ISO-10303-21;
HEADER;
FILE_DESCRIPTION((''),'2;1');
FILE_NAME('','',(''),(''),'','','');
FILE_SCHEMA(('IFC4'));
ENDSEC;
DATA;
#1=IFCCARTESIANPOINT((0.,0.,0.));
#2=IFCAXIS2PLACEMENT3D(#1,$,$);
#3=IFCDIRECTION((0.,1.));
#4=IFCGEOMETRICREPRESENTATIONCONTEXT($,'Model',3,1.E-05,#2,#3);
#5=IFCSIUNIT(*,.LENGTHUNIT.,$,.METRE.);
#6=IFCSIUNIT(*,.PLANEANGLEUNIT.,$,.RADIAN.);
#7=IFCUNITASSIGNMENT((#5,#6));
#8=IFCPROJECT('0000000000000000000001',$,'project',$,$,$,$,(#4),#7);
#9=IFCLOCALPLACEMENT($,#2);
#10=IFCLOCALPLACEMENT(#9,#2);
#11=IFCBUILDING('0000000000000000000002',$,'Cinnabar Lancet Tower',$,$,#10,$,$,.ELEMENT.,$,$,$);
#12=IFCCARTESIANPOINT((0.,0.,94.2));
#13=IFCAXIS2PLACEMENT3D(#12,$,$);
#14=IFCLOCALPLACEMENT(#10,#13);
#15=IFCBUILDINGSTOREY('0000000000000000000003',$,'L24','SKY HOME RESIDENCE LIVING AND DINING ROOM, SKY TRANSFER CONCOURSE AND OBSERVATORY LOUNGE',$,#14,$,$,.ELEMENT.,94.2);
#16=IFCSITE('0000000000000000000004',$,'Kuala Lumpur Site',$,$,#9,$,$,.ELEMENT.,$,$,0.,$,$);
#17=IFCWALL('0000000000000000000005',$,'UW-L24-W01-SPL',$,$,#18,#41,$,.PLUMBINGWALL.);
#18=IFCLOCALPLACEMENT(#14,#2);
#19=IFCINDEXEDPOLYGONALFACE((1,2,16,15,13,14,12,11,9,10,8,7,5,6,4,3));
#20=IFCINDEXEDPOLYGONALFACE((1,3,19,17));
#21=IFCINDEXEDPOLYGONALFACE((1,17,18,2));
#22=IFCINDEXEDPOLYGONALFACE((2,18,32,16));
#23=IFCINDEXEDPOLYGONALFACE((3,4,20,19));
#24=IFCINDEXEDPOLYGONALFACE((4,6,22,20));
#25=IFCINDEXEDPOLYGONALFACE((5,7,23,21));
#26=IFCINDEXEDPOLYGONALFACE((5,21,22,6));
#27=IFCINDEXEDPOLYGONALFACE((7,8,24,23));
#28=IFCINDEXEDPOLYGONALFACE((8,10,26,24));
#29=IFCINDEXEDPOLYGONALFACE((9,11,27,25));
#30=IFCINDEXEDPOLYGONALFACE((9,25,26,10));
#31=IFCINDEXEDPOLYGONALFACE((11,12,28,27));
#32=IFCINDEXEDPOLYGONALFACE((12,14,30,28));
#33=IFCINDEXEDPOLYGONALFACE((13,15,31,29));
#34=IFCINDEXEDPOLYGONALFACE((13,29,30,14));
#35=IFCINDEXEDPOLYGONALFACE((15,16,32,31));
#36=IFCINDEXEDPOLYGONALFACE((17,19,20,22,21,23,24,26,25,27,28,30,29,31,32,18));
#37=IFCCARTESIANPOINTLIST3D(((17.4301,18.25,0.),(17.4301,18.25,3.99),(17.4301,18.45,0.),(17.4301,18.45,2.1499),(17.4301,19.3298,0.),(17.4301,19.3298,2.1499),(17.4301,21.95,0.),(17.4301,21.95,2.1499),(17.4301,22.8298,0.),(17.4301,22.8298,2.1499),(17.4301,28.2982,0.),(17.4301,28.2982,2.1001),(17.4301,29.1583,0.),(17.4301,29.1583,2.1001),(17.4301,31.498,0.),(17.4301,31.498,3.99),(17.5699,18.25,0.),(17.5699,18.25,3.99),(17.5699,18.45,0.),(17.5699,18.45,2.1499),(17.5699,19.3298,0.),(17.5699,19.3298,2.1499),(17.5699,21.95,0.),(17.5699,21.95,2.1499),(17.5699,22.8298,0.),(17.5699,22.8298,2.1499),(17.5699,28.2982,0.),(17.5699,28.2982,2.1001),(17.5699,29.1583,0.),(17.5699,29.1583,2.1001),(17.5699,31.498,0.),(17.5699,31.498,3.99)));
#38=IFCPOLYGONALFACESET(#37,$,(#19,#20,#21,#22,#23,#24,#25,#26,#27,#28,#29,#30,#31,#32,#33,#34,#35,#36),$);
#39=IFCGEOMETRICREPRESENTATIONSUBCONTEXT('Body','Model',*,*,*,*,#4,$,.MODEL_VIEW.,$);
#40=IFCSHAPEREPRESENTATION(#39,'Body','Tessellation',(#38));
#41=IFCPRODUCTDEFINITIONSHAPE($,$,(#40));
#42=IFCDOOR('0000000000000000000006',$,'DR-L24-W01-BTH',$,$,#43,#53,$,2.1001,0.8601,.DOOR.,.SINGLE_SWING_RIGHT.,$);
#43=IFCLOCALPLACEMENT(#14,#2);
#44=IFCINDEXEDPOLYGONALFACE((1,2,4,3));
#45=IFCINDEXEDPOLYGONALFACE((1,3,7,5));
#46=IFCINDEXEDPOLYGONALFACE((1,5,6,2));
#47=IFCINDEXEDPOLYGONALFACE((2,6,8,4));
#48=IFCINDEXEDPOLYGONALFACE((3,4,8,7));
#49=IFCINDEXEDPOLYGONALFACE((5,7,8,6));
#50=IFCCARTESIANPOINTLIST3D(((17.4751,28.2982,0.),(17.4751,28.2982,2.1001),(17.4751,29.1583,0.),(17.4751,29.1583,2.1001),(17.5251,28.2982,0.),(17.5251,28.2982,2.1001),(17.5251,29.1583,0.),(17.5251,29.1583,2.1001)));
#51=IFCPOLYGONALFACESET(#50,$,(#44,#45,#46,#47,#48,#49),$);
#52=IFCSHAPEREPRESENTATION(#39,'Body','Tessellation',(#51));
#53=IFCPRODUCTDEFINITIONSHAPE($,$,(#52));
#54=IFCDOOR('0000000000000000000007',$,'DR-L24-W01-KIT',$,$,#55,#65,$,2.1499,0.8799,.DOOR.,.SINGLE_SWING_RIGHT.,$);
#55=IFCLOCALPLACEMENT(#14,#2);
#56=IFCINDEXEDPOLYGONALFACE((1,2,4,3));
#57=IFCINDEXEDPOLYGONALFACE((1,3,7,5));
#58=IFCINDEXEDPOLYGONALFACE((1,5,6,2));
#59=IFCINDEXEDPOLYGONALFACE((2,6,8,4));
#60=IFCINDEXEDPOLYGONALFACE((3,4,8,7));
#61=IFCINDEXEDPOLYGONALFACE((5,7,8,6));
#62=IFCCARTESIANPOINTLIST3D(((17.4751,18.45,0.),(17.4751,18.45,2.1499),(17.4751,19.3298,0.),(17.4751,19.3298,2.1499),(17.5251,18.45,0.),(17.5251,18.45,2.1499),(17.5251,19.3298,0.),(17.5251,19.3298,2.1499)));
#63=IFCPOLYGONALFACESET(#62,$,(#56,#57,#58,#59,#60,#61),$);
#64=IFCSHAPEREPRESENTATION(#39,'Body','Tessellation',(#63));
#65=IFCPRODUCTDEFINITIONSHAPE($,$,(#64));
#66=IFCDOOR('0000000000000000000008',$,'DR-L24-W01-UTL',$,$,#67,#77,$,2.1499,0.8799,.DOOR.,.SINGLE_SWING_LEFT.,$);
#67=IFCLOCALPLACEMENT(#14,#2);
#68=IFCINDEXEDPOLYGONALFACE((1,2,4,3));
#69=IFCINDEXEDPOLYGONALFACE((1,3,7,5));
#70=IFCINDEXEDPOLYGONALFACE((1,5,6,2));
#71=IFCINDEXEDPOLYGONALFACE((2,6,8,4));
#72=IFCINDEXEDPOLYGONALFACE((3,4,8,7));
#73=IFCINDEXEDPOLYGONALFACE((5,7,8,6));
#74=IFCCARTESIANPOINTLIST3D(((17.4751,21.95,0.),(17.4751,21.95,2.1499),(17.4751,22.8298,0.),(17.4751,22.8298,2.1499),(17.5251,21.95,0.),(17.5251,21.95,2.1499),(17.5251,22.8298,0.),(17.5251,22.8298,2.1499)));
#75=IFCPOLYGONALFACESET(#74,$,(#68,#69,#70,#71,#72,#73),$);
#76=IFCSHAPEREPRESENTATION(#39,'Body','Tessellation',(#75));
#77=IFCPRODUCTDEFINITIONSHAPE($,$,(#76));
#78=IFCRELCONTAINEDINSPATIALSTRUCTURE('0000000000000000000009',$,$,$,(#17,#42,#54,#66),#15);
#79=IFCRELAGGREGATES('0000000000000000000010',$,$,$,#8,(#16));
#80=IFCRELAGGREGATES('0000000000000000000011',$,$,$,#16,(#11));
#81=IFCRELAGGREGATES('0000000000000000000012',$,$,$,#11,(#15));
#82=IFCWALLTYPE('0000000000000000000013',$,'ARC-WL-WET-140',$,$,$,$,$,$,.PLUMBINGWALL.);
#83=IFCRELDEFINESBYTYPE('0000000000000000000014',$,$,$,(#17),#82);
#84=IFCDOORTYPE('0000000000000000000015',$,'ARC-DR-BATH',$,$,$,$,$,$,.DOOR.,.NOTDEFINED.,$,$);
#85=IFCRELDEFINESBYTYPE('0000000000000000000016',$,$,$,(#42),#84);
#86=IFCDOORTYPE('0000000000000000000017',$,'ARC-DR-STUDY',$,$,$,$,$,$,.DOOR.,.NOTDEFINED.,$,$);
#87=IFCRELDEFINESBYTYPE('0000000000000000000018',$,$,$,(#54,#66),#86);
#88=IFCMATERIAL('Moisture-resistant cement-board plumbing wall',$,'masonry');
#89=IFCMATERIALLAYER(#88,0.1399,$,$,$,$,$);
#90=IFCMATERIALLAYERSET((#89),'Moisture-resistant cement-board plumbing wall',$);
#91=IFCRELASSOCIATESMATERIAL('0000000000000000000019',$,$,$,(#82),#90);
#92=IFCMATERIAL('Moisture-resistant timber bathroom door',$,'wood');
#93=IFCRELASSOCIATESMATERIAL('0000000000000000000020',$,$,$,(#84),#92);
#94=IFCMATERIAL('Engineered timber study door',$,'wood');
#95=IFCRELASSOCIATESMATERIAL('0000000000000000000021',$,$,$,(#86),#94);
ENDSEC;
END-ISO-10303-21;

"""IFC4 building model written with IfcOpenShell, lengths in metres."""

from ifc_helpers import new_model, si_unit, direction, frame, frame_2d, origin, place, context, subcontext, project, spatial, rectangle, extrude, material, layer, layer_set, type_object, element, fill, save


model = new_model("IFC4")

# Units and contexts
model_context = context("Model", 3, precision=1e-05, world=origin(), true_north=direction((0.0, 1.0)))
body_context = subcontext(model_context, "Body", "Model", "MODEL_VIEW")
ifc_project = project(units=[si_unit("LENGTHUNIT", "METRE"), si_unit("PLANEANGLEUNIT", "RADIAN")], contexts=[model_context])

# Site, building, storey
site_placement = place(None, origin())
site = spatial("IfcSite", under=ifc_project, at=site_placement, Name="Kuala Lumpur Site", CompositionType="ELEMENT", RefElevation=0.0)
building_placement = place(site_placement, origin())
building = spatial("IfcBuilding", under=site, at=building_placement, Name="Cinnabar Lancet Tower", CompositionType="ELEMENT")
storey_placement = place(building_placement, frame((0.0, 0.0, 94.2)))
storey = spatial("IfcBuildingStorey", under=building, at=storey_placement, Name="L24", Description="SKY HOME RESIDENCE LIVING AND DINING ROOM, SKY TRANSFER CONCOURSE AND OBSERVATORY LOUNGE", CompositionType="ELEMENT", Elevation=94.2)

# Wall, openings, doors
ifc_material_1 = material(Name="Moisture-resistant cement-board plumbing wall", Category="masonry")
ifc_layer_1 = layer(ifc_material_1, 0.1399)
ifc_layer_set_1 = layer_set([ifc_layer_1], Name="Moisture-resistant cement-board plumbing wall")
wall_type_1 = type_object("IfcWallType", Name="ARC-WL-WET-140", PredefinedType="PLUMBINGWALL", material=ifc_layer_set_1)
wall_1_placement = place(storey_placement, frame((17.5, 18.25, 0.0), z_axis=(0.0, 0.0, 1.0), x_axis=(0.0, 1.0, 0.0)))
wall_1 = element("IfcWall", 1, at=wall_1_placement, inside=storey, type_object=wall_type_1, Name="UW-L24-W01-SPL", PredefinedType="PLUMBINGWALL", context=body_context, shape_type="SweptSolid", body=[
    extrude(rectangle(XDim=13.248, YDim=0.1399, at=frame_2d((6.624, 0.0))), origin(), (0.0, 0.0, 1.0), 3.99),
])
opening_1_placement = place(wall_1_placement, frame((0.2, 0.0, 0.0)))
opening_1 = element("IfcOpeningElement", 2, at=opening_1_placement, cuts=wall_1, PredefinedType="OPENING", context=body_context, shape_type="SweptSolid", body=[
    extrude(rectangle(XDim=0.8799, YDim=2.1499, at=frame_2d((0.4399, 1.075))), frame((0.0, 0.0798, 0.0), z_axis=(0.0, -1.0, 0.0), x_axis=(1.0, 0.0, 0.0)), (0.0, 0.0, 1.0), 0.1599),
])
opening_2_placement = place(wall_1_placement, frame((3.7, 0.0, 0.0)))
opening_2 = element("IfcOpeningElement", 3, at=opening_2_placement, cuts=wall_1, PredefinedType="OPENING", context=body_context, shape_type="SweptSolid", body=[
    extrude(rectangle(XDim=0.8799, YDim=2.1499, at=frame_2d((0.4399, 1.075))), frame((0.0, 0.0798, 0.0), z_axis=(0.0, -1.0, 0.0), x_axis=(1.0, 0.0, 0.0)), (0.0, 0.0, 1.0), 0.1599),
])
opening_3_placement = place(wall_1_placement, frame((10.0481, 0.0, 0.0)))
opening_3 = element("IfcOpeningElement", 4, at=opening_3_placement, cuts=wall_1, PredefinedType="OPENING", context=body_context, shape_type="SweptSolid", body=[
    extrude(rectangle(XDim=0.8601, YDim=2.1001, at=frame_2d((0.4302, 1.05))), frame((0.0, 0.0798, 0.0), z_axis=(0.0, -1.0, 0.0), x_axis=(1.0, 0.0, 0.0)), (0.0, 0.0, 1.0), 0.1599),
])
ifc_material_2 = material(Name="Moisture-resistant timber bathroom door", Category="wood")
door_type_1 = type_object("IfcDoorType", Name="ARC-DR-BATH", OperationType="NOTDEFINED", PredefinedType="DOOR", material=ifc_material_2)
door_1_placement = place(opening_3_placement, origin())
door_1 = element("IfcDoor", 5, at=door_1_placement, inside=storey, type_object=door_type_1, Name="DR-L24-W01-BTH", OperationType="SINGLE_SWING_RIGHT", OverallHeight=2.1001, OverallWidth=0.8601, PredefinedType="DOOR", context=body_context, shape_type="SweptSolid", body=[
    extrude(rectangle(XDim=0.8601, YDim=2.1001, at=frame_2d((0.4302, 1.05))), frame((0.0, 0.0249, 0.0), z_axis=(0.0, -1.0, 0.0), x_axis=(1.0, 0.0, 0.0)), (0.0, 0.0, 1.0), 0.05),
])
fill(opening_3, door_1)
ifc_material_3 = material(Name="Engineered timber study door", Category="wood")
door_type_2 = type_object("IfcDoorType", Name="ARC-DR-STUDY", OperationType="NOTDEFINED", PredefinedType="DOOR", material=ifc_material_3)
door_2_placement = place(opening_1_placement, origin())
door_2 = element("IfcDoor", 6, at=door_2_placement, inside=storey, type_object=door_type_2, Name="DR-L24-W01-KIT", OperationType="SINGLE_SWING_RIGHT", OverallHeight=2.1499, OverallWidth=0.8799, PredefinedType="DOOR", context=body_context, shape_type="SweptSolid", body=[
    extrude(rectangle(XDim=0.8799, YDim=2.1499, at=frame_2d((0.4399, 1.075))), frame((0.0, 0.0249, 0.0), z_axis=(0.0, -1.0, 0.0), x_axis=(1.0, 0.0, 0.0)), (0.0, 0.0, 1.0), 0.05),
])
fill(opening_1, door_2)
door_3_placement = place(opening_2_placement, origin())
door_3 = element("IfcDoor", 7, at=door_3_placement, inside=storey, type_object=door_type_2, Name="DR-L24-W01-UTL", OperationType="SINGLE_SWING_LEFT", OverallHeight=2.1499, OverallWidth=0.8799, PredefinedType="DOOR", context=body_context, shape_type="SweptSolid", body=[
    extrude(rectangle(XDim=0.8799, YDim=2.1499, at=frame_2d((0.4399, 1.075))), frame((0.0, 0.0249, 0.0), z_axis=(0.0, -1.0, 0.0), x_axis=(1.0, 0.0, 0.0)), (0.0, 0.0, 1.0), 0.05),
])
fill(opening_2, door_3)

save(model, "model.ifc")
